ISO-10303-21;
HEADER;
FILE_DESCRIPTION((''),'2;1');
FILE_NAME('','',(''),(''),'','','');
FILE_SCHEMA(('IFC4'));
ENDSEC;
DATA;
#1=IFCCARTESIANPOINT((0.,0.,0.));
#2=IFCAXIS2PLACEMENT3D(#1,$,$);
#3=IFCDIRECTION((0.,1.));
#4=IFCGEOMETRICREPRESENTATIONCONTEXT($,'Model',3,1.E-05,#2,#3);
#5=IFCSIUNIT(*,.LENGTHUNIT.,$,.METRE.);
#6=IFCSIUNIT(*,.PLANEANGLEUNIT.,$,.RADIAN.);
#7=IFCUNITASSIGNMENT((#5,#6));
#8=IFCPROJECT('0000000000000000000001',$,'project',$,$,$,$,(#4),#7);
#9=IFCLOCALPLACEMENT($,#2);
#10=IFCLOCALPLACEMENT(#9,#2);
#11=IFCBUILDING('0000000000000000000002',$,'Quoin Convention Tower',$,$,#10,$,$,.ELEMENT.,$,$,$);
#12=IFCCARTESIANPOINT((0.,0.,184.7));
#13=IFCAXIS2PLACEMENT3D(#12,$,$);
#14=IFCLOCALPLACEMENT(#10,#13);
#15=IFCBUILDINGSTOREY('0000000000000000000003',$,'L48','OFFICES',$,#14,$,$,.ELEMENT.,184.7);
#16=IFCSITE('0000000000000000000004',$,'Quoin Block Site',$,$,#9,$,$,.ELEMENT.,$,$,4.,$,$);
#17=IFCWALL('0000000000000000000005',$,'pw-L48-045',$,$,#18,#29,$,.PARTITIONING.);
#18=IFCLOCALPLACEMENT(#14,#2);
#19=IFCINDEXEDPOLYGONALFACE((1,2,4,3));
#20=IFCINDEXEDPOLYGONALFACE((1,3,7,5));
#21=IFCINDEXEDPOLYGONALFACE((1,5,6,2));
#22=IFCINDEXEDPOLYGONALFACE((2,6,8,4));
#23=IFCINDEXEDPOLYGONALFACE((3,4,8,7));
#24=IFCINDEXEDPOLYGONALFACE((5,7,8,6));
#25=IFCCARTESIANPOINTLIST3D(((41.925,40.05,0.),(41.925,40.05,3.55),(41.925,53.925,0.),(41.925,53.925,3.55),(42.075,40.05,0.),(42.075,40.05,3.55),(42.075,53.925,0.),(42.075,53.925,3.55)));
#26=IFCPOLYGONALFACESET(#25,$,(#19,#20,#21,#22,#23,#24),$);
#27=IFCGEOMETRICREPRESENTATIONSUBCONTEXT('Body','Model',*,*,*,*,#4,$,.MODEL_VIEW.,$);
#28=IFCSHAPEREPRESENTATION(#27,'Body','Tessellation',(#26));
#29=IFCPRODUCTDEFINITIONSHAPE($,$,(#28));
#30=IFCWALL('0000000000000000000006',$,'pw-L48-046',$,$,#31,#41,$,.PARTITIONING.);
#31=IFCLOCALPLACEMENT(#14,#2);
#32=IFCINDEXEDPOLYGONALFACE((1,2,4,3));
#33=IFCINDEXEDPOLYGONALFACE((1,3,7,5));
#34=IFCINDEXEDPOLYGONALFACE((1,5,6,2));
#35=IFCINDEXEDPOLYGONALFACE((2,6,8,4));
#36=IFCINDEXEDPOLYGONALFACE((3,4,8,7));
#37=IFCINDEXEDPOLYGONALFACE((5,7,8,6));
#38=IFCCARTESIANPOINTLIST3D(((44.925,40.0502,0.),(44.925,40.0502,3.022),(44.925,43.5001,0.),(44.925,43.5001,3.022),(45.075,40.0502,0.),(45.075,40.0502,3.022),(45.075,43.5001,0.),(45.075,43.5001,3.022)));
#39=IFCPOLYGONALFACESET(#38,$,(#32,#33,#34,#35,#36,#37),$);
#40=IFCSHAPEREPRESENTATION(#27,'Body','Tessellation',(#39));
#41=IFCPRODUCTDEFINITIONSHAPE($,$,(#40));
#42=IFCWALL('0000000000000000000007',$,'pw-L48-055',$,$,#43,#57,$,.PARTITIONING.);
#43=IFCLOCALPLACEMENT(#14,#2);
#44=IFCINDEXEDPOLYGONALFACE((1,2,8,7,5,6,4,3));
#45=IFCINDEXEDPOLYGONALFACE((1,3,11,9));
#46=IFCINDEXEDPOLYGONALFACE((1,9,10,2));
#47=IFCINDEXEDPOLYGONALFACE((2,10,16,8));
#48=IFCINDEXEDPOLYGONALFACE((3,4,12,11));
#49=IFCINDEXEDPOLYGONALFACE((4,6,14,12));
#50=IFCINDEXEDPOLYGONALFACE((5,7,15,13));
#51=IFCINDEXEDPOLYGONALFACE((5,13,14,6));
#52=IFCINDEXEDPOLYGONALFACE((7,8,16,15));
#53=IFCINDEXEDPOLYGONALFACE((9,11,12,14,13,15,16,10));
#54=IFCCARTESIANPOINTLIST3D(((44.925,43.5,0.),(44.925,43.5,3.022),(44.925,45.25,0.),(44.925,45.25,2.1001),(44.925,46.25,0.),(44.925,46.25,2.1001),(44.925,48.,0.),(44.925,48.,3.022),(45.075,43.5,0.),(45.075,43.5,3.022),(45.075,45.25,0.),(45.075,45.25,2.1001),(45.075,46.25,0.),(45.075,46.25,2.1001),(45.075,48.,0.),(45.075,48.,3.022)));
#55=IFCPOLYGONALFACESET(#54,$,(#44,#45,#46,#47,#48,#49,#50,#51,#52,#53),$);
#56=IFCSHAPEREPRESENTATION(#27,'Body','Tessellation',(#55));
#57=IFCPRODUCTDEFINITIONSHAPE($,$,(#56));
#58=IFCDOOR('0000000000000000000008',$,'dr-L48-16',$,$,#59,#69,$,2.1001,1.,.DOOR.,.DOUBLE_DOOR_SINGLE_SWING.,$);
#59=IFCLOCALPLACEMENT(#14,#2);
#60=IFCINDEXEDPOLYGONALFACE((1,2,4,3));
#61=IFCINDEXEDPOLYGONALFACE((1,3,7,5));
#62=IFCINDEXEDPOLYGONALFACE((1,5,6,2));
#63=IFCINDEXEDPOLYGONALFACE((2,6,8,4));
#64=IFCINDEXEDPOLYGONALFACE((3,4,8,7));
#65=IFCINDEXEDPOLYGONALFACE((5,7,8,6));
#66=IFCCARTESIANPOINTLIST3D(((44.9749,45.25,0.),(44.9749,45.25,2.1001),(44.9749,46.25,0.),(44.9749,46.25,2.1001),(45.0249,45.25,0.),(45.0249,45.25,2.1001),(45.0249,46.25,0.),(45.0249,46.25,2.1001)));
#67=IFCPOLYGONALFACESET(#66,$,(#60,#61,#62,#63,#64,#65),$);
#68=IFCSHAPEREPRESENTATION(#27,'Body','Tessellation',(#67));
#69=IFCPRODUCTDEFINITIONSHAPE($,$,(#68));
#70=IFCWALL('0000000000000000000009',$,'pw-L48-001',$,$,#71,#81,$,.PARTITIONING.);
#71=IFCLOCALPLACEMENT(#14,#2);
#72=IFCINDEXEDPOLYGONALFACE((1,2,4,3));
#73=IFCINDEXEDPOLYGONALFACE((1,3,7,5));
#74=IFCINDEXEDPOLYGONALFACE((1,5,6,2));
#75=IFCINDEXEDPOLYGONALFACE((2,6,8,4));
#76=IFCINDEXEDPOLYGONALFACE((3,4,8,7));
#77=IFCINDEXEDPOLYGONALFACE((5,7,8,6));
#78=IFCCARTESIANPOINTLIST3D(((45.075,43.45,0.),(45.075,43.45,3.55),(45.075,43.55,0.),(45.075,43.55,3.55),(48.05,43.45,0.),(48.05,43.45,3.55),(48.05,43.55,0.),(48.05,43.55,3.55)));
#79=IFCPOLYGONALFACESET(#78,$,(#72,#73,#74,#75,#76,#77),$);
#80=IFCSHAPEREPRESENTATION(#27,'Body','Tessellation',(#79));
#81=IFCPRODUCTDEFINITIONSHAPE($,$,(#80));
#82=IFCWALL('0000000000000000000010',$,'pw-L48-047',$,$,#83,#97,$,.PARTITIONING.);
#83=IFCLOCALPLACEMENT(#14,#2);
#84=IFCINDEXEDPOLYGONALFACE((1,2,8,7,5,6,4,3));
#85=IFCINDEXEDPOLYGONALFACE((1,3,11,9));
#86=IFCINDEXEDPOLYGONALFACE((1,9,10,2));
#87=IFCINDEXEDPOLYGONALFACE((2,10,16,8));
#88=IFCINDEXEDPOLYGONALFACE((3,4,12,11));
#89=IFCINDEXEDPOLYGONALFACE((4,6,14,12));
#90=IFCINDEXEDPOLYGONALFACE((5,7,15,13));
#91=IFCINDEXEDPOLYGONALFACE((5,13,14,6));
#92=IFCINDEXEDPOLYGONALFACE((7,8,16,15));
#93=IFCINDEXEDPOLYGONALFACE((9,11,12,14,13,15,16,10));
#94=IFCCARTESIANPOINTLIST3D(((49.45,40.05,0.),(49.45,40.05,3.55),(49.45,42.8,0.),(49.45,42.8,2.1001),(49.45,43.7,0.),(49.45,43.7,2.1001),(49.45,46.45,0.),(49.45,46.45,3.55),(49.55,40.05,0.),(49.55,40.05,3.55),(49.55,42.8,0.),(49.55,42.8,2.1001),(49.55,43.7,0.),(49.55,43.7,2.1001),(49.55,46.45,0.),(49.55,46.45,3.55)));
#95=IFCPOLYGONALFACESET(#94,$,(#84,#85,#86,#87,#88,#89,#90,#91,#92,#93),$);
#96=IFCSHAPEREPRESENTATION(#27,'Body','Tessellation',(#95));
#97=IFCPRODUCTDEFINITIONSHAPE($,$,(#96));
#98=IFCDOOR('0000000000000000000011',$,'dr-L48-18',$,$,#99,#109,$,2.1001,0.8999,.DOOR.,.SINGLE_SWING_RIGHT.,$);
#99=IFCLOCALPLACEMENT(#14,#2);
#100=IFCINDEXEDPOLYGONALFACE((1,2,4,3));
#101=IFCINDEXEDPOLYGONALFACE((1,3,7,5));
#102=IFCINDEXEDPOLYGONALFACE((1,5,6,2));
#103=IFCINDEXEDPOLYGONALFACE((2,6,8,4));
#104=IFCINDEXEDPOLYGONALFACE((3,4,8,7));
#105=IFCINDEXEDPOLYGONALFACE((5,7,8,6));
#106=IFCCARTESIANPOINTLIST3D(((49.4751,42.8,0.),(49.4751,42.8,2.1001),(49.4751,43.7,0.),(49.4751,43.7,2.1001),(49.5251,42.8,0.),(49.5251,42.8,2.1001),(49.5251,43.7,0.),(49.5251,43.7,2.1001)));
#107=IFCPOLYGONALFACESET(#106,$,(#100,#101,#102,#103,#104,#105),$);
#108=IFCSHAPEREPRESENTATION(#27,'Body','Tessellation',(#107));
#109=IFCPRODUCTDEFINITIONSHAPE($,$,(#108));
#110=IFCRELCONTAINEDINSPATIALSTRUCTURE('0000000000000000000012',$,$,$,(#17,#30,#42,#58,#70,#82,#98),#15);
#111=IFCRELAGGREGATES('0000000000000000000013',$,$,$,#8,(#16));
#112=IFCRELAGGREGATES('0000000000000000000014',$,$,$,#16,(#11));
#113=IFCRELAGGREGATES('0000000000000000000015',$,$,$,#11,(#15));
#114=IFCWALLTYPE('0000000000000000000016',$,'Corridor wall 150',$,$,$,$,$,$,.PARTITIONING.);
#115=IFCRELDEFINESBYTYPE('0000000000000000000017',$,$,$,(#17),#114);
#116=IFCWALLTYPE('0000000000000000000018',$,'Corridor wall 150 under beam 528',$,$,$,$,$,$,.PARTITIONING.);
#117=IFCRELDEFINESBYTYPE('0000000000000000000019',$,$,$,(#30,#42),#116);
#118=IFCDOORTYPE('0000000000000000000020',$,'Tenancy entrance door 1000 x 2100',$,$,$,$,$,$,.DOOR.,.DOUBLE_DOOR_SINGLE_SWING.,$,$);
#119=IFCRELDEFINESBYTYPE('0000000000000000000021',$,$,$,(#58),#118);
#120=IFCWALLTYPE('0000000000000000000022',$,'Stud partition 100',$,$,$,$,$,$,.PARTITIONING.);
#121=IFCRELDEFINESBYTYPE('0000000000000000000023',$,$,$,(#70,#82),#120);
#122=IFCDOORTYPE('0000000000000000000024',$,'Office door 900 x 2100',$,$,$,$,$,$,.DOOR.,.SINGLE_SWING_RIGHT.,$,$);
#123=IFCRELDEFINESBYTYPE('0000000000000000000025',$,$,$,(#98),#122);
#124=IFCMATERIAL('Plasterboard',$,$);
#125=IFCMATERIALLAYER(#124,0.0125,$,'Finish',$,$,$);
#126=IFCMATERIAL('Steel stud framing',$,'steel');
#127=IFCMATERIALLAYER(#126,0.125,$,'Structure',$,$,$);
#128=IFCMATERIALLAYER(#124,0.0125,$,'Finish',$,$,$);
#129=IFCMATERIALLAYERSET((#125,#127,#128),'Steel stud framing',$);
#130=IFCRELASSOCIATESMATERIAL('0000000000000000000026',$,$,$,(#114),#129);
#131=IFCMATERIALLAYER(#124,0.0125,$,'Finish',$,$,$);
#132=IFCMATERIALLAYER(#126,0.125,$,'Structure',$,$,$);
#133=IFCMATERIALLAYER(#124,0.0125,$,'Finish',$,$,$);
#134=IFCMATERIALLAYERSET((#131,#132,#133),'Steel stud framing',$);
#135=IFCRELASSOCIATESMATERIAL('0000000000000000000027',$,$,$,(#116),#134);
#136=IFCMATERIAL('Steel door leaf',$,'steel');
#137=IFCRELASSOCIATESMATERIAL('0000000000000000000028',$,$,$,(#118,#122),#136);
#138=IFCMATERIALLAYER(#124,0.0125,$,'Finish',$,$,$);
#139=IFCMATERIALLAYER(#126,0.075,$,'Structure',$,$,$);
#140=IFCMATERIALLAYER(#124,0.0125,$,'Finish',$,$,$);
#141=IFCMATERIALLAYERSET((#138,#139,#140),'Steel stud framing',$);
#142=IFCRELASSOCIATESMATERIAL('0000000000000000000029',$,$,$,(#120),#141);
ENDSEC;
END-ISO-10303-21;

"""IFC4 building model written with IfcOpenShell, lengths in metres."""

from ifc_helpers import new_model, si_unit, direction, frame, frame_2d, origin, place, context, subcontext, project, spatial, rectangle, extrude, material, layer, layer_set, type_object, element, fill, save


model = new_model("IFC4")

# Units and contexts
model_context = context("Model", 3, precision=1e-05, world=origin(), true_north=direction((0.0, 1.0)))
body_context = subcontext(model_context, "Body", "Model", "MODEL_VIEW")
ifc_project = project(units=[si_unit("LENGTHUNIT", "METRE"), si_unit("PLANEANGLEUNIT", "RADIAN")], contexts=[model_context])

# Site, building, storey
site_placement = place(None, origin())
site = spatial("IfcSite", under=ifc_project, at=site_placement, Name="Quoin Block Site", CompositionType="ELEMENT", RefElevation=4.0)
building_placement = place(site_placement, origin())
building = spatial("IfcBuilding", under=site, at=building_placement, Name="Quoin Convention Tower", CompositionType="ELEMENT")
storey_placement = place(building_placement, frame((0.0, 0.0, 184.7)))
storey = spatial("IfcBuildingStorey", under=building, at=storey_placement, Name="L48", Description="OFFICES", CompositionType="ELEMENT", Elevation=184.7)

# Walls
ifc_material_1 = material(Name="Plasterboard")
ifc_layer_1 = layer(ifc_material_1, 0.0125, Name="Finish")
ifc_material_2 = material(Name="Steel stud framing", Category="steel")
ifc_layer_2 = layer(ifc_material_2, 0.125, Name="Structure")
ifc_layer_3 = layer(ifc_material_1, 0.0125, Name="Finish")
ifc_layer_set_1 = layer_set([ifc_layer_1, ifc_layer_2, ifc_layer_3], Name="Steel stud framing")
wall_type_1 = type_object("IfcWallType", Name="Corridor wall 150", PredefinedType="PARTITIONING", material=ifc_layer_set_1)
wall_1_placement = place(storey_placement, frame((42.0, 40.05, 0.0), z_axis=(0.0, 0.0, 1.0), x_axis=(0.0, 1.0, 0.0)))
element("IfcWall", 1, at=wall_1_placement, inside=storey, type_object=wall_type_1, Name="pw-L48-045", PredefinedType="PARTITIONING", context=body_context, shape_type="SweptSolid", body=[
    extrude(rectangle(XDim=13.875, YDim=0.1499, at=frame_2d((6.9375, 0.0))), origin(), (0.0, 0.0, 1.0), 3.55),
])
ifc_layer_4 = layer(ifc_material_1, 0.0125, Name="Finish")
ifc_layer_5 = layer(ifc_material_2, 0.125, Name="Structure")
ifc_layer_6 = layer(ifc_material_1, 0.0125, Name="Finish")
ifc_layer_set_2 = layer_set([ifc_layer_4, ifc_layer_5, ifc_layer_6], Name="Steel stud framing")
wall_type_2 = type_object("IfcWallType", Name="Corridor wall 150 under beam 528", PredefinedType="PARTITIONING", material=ifc_layer_set_2)
wall_2_placement = place(storey_placement, frame((45.0, 40.05, 0.0), z_axis=(0.0, 0.0, 1.0), x_axis=(0.0, 1.0, 0.0)))
element("IfcWall", 2, at=wall_2_placement, inside=storey, type_object=wall_type_2, Name="pw-L48-046", PredefinedType="PARTITIONING", context=body_context, shape_type="SweptSolid", body=[
    extrude(rectangle(XDim=3.45, YDim=0.1499, at=frame_2d((1.7251, 0.0))), origin(), (0.0, 0.0, 1.0), 3.022),
])

# Wall, opening, door
wall_3_placement = place(storey_placement, frame((45.0, 43.5, 0.0), z_axis=(0.0, 0.0, 1.0), x_axis=(0.0, 1.0, 0.0)))
wall_3 = element("IfcWall", 3, at=wall_3_placement, inside=storey, type_object=wall_type_2, Name="pw-L48-055", PredefinedType="PARTITIONING", context=body_context, shape_type="SweptSolid", body=[
    extrude(rectangle(XDim=4.5, YDim=0.1499, at=frame_2d((2.25, 0.0))), origin(), (0.0, 0.0, 1.0), 3.022),
])
opening_1_placement = place(wall_3_placement, frame((1.75, 0.0, 0.0)))
opening_1 = element("IfcOpeningElement", 4, at=opening_1_placement, cuts=wall_3, PredefinedType="OPENING", context=body_context, shape_type="SweptSolid", body=[
    extrude(rectangle(XDim=1.0, YDim=2.1001, at=frame_2d((0.5, 1.05))), frame((0.0, 0.085, 0.0), z_axis=(0.0, -1.0, 0.0), x_axis=(1.0, 0.0, 0.0)), (0.0, 0.0, 1.0), 0.1699),
])
ifc_material_3 = material(Name="Steel door leaf", Category="steel")
door_type_1 = type_object("IfcDoorType", Name="Tenancy entrance door 1000 x 2100", OperationType="DOUBLE_DOOR_SINGLE_SWING", PredefinedType="DOOR", material=ifc_material_3)
door_1_placement = place(opening_1_placement, frame((1.0, 0.0, 0.0), z_axis=(0.0, 0.0, 1.0), x_axis=(-1.0, 0.0, 0.0)))
door_1 = element("IfcDoor", 5, at=door_1_placement, inside=storey, type_object=door_type_1, Name="dr-L48-16", OperationType="DOUBLE_DOOR_SINGLE_SWING", OverallHeight=2.1001, OverallWidth=1.0, PredefinedType="DOOR", context=body_context, shape_type="SweptSolid", body=[
    extrude(rectangle(XDim=1.0, YDim=2.1001, at=frame_2d((0.5, 1.05))), frame((0.0, 0.0249, 0.0), z_axis=(0.0, -1.0, 0.0), x_axis=(1.0, 0.0, 0.0)), (0.0, 0.0, 1.0), 0.05),
])
fill(opening_1, door_1)

# Wall
ifc_layer_7 = layer(ifc_material_1, 0.0125, Name="Finish")
ifc_layer_8 = layer(ifc_material_2, 0.075, Name="Structure")
ifc_layer_9 = layer(ifc_material_1, 0.0125, Name="Finish")
ifc_layer_set_3 = layer_set([ifc_layer_7, ifc_layer_8, ifc_layer_9], Name="Steel stud framing")
wall_type_3 = type_object("IfcWallType", Name="Stud partition 100", PredefinedType="PARTITIONING", material=ifc_layer_set_3)
wall_4_placement = place(storey_placement, frame((45.075, 43.5, 0.0), z_axis=(0.0, 0.0, 1.0), x_axis=(1.0, 0.0, 0.0)))
element("IfcWall", 6, at=wall_4_placement, inside=storey, type_object=wall_type_3, Name="pw-L48-001", PredefinedType="PARTITIONING", context=body_context, shape_type="SweptSolid", body=[
    extrude(rectangle(XDim=2.9751, YDim=0.1001, at=frame_2d((1.4875, 0.0))), origin(), (0.0, 0.0, 1.0), 3.55),
])

# Wall, opening, door
wall_5_placement = place(storey_placement, frame((49.5, 40.05, 0.0), z_axis=(0.0, 0.0, 1.0), x_axis=(0.0, 1.0, 0.0)))
wall_5 = element("IfcWall", 7, at=wall_5_placement, inside=storey, type_object=wall_type_3, Name="pw-L48-047", PredefinedType="PARTITIONING", context=body_context, shape_type="SweptSolid", body=[
    extrude(rectangle(XDim=6.3999, YDim=0.1001, at=frame_2d((3.2, 0.0))), origin(), (0.0, 0.0, 1.0), 3.55),
])
opening_2_placement = place(wall_5_placement, frame((2.75, 0.0, 0.0)))
opening_2 = element("IfcOpeningElement", 8, at=opening_2_placement, cuts=wall_5, PredefinedType="OPENING", context=body_context, shape_type="SweptSolid", body=[
    extrude(rectangle(XDim=0.8999, YDim=2.1001, at=frame_2d((0.45, 1.05))), frame((0.0, 0.0601, 0.0), z_axis=(0.0, -1.0, 0.0), x_axis=(1.0, 0.0, 0.0)), (0.0, 0.0, 1.0), 0.1201),
])
door_type_2 = type_object("IfcDoorType", Name="Office door 900 x 2100", OperationType="SINGLE_SWING_RIGHT", PredefinedType="DOOR", material=ifc_material_3)
door_2_placement = place(opening_2_placement, origin())
door_2 = element("IfcDoor", 9, at=door_2_placement, inside=storey, type_object=door_type_2, Name="dr-L48-18", OperationType="SINGLE_SWING_RIGHT", OverallHeight=2.1001, OverallWidth=0.8999, PredefinedType="DOOR", context=body_context, shape_type="SweptSolid", body=[
    extrude(rectangle(XDim=0.8999, YDim=2.1001, at=frame_2d((0.45, 1.05))), frame((0.0, 0.0249, 0.0), z_axis=(0.0, -1.0, 0.0), x_axis=(1.0, 0.0, 0.0)), (0.0, 0.0, 1.0), 0.05),
])
fill(opening_2, door_2)

save(model, "model.ifc")
